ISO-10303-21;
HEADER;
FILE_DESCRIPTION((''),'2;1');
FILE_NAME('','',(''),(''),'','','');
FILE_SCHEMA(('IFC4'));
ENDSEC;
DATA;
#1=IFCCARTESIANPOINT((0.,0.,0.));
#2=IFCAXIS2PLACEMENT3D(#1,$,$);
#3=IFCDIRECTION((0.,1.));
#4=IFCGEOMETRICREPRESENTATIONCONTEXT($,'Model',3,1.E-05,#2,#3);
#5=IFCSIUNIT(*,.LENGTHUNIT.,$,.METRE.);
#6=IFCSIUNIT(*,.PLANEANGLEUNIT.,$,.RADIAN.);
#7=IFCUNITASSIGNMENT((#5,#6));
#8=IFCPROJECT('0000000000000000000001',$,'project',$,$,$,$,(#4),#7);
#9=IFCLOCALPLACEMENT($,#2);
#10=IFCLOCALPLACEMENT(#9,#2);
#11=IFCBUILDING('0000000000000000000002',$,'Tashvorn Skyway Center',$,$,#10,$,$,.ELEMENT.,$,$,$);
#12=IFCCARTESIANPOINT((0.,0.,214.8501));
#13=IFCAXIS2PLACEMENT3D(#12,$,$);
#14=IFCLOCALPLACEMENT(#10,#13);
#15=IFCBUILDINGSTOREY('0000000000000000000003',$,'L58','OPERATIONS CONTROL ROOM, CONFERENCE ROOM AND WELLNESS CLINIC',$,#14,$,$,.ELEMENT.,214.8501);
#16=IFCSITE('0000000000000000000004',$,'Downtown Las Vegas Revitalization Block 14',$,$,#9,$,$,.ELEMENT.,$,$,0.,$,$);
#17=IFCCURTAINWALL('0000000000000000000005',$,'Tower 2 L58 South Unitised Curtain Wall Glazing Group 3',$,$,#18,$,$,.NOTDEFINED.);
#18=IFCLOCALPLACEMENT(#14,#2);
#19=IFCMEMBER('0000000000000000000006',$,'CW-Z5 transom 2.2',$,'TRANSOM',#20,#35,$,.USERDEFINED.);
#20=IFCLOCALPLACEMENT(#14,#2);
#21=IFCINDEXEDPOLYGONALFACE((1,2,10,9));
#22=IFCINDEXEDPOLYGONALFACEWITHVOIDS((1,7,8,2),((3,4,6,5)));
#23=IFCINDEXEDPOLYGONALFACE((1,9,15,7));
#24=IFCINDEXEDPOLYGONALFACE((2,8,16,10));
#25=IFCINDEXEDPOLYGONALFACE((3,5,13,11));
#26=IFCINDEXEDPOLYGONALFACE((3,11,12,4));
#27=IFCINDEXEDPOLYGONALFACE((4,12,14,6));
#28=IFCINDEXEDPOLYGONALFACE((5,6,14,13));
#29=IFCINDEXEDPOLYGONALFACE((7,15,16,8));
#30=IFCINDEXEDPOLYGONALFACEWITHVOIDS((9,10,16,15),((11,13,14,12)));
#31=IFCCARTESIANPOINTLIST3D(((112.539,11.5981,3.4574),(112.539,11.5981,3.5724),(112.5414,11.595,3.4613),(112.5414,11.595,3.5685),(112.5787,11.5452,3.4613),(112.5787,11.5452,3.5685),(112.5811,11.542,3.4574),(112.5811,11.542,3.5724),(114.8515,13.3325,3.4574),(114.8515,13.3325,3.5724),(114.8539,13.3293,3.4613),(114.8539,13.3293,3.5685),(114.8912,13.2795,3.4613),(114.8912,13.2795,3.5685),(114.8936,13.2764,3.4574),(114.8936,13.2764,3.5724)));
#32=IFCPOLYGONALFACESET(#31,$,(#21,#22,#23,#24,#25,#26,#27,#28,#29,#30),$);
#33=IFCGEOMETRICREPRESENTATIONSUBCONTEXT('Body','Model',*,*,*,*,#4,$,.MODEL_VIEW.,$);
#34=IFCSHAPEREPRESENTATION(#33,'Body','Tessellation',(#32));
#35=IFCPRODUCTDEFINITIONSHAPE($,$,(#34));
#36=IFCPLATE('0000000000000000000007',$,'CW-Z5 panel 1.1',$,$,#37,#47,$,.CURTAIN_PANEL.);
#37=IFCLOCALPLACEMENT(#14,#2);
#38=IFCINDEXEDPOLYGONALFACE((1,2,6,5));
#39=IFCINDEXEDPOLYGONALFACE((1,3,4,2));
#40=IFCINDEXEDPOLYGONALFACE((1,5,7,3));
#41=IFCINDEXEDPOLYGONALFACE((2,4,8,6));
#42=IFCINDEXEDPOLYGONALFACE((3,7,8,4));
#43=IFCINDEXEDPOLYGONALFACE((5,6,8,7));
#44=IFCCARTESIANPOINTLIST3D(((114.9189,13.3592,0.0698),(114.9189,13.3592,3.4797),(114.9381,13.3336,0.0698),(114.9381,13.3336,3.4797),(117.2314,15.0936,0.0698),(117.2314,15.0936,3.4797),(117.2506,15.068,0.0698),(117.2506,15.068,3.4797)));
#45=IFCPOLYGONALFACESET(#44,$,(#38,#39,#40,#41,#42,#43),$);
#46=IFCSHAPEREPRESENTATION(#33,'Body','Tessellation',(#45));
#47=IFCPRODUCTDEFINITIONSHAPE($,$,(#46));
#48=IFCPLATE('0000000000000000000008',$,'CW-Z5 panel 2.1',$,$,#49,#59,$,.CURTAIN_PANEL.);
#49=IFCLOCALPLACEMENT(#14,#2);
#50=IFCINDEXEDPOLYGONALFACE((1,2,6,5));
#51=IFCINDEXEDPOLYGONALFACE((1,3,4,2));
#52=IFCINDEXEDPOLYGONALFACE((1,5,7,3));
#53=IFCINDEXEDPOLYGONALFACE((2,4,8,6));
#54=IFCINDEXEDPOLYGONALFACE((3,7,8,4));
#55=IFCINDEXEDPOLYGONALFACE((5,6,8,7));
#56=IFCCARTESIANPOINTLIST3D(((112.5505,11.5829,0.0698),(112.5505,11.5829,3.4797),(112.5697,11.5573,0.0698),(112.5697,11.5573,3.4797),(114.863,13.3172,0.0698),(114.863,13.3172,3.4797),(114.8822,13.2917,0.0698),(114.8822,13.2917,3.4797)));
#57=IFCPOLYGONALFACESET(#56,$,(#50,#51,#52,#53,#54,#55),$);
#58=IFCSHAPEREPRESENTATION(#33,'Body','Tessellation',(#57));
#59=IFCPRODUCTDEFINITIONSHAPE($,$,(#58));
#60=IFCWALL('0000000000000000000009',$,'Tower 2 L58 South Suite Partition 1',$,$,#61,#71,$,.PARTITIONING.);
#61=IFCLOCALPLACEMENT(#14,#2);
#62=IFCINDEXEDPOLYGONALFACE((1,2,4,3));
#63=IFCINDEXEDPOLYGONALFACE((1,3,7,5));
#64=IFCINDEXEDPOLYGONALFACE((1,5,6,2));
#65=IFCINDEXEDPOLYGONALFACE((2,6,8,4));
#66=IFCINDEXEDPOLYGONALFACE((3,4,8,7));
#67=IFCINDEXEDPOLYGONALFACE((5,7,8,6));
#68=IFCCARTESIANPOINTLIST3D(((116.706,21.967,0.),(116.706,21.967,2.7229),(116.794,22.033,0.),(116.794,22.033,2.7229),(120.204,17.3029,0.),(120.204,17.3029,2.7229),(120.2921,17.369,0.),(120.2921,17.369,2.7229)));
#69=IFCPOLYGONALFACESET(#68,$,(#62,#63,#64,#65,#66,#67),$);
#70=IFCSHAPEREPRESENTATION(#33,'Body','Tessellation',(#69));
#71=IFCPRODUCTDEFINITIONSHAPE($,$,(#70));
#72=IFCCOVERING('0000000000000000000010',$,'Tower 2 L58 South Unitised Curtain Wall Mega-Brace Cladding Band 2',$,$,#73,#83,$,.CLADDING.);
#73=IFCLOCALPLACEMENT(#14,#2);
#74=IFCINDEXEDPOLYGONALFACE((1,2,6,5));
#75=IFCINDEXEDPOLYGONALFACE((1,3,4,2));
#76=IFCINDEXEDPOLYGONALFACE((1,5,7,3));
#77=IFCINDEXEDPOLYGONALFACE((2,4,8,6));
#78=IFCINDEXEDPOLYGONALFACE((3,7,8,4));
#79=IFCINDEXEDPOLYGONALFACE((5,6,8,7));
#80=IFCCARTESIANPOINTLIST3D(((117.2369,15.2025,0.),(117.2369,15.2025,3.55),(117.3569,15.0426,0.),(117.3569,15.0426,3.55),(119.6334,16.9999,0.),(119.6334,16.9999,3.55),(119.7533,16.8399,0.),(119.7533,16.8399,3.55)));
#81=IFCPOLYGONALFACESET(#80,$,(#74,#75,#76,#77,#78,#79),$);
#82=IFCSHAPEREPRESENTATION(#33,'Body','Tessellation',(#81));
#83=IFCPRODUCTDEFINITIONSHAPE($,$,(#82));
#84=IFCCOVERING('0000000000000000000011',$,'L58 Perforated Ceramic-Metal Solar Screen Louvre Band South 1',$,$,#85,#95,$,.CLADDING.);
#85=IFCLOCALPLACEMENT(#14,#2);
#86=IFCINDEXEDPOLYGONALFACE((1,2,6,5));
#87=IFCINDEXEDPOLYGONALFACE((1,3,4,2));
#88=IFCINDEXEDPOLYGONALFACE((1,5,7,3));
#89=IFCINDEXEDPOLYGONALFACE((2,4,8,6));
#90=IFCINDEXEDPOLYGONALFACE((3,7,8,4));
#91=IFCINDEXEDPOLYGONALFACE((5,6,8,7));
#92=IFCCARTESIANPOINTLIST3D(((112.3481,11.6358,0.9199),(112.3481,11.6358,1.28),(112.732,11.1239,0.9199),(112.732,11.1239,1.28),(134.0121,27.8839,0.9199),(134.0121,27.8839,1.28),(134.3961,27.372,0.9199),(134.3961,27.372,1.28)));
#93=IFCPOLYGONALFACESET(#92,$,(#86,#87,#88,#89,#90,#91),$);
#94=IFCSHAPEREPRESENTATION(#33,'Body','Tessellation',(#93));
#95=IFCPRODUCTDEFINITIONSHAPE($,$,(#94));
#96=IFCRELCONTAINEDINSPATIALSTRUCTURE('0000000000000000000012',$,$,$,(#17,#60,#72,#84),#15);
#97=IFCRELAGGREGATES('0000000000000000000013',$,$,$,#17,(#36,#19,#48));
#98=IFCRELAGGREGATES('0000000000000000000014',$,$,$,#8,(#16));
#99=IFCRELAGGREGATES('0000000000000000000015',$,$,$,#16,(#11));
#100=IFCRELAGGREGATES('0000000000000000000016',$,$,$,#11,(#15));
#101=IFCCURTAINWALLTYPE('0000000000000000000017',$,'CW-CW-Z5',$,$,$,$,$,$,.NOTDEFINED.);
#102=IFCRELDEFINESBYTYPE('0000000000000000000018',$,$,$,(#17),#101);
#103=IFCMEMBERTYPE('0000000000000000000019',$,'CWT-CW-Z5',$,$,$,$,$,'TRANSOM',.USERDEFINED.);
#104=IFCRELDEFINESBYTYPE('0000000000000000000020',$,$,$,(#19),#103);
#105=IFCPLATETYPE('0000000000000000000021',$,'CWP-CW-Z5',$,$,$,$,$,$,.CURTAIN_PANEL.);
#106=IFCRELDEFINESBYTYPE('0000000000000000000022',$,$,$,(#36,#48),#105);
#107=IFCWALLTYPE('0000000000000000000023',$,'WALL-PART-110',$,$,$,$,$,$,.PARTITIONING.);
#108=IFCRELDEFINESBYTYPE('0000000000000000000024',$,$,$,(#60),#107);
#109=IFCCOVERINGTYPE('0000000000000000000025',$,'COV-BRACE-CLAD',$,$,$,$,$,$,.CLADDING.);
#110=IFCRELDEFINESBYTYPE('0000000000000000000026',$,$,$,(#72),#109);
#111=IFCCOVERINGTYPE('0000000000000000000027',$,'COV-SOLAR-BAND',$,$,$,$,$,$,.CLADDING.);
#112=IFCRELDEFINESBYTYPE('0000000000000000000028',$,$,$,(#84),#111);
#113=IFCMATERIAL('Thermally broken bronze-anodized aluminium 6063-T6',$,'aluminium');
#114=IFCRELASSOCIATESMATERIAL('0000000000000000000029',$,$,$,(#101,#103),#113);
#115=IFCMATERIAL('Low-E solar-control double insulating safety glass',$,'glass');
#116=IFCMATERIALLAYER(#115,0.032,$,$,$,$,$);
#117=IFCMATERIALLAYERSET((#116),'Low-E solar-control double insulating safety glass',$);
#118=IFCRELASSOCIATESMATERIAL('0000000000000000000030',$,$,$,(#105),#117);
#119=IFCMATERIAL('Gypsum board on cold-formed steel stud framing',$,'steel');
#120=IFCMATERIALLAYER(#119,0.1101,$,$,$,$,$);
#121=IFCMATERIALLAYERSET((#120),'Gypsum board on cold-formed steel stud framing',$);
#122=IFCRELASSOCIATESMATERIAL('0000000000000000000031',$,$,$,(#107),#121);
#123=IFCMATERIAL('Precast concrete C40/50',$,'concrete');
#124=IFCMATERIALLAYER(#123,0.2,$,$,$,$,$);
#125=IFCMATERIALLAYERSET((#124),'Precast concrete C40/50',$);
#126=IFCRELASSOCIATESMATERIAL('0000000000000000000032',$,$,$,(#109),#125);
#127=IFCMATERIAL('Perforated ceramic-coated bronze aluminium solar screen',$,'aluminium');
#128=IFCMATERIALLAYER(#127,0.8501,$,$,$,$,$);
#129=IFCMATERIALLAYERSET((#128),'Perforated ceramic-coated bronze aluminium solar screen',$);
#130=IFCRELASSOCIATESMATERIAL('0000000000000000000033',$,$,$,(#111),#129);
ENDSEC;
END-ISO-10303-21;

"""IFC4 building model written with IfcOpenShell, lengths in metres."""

from ifc_helpers import new_model, si_unit, direction, frame, frame_2d, origin, origin_2d, place, context, subcontext, project, spatial, rectangle, hollow_rectangle, extrude, material, layer, layer_set, material_profile, profile_set, type_object, element, aggregate, save


model = new_model("IFC4")

# Units and contexts
model_context = context("Model", 3, precision=1e-05, world=origin(), true_north=direction((0.0, 1.0)))
body_context = subcontext(model_context, "Body", "Model", "MODEL_VIEW")
ifc_project = project(units=[si_unit("LENGTHUNIT", "METRE"), si_unit("PLANEANGLEUNIT", "RADIAN")], contexts=[model_context])

# Site, building, storey
site_placement = place(None, origin())
site = spatial("IfcSite", under=ifc_project, at=site_placement, Name="Downtown Las Vegas Revitalization Block 14", CompositionType="ELEMENT", RefElevation=0.0)
building_placement = place(site_placement, origin())
building = spatial("IfcBuilding", under=site, at=building_placement, Name="Tashvorn Skyway Center", CompositionType="ELEMENT")
storey_placement = place(building_placement, frame((0.0, 0.0, 214.8501)))
storey = spatial("IfcBuildingStorey", under=building, at=storey_placement, Name="L58", Description="OPERATIONS CONTROL ROOM, CONFERENCE ROOM AND WELLNESS CLINIC", CompositionType="ELEMENT", Elevation=214.8501)

# Shared definitions
ifc_material_1 = material(Name="Thermally broken bronze-anodized aluminium 6063-T6", Category="aluminium")
curtain_wall_type = type_object("IfcCurtainWallType", Name="CW-CW-Z5", PredefinedType="NOTDEFINED", material=ifc_material_1)

# Curtain wall, member, plates
curtain_wall_1_placement = place(storey_placement, origin())
curtain_wall_1 = element("IfcCurtainWall", 1, at=curtain_wall_1_placement, inside=storey, type_object=curtain_wall_type, Name="Tower 2 L58 South Unitised Curtain Wall Glazing Group 3", PredefinedType="NOTDEFINED")
ifc_material_profile_1 = material_profile(ifc_material_1, hollow_rectangle(XDim=0.0701, YDim=0.115, WallThickness=0.0039, at=origin_2d()), Name="ALU-TRAN-70x115")
ifc_profile_set_1 = profile_set([ifc_material_profile_1], Name="Thermally broken bronze-anodized aluminium 6063-T6")
member_type_1 = type_object("IfcMemberType", Name="CWT-CW-Z5", ElementType="TRANSOM", PredefinedType="USERDEFINED", material=ifc_profile_set_1)
member_1_placement = place(storey_placement, frame((114.8726, 13.3044, 3.5149), z_axis=(-0.8, -0.6, 0.0), x_axis=(0.6, -0.8, 0.0)))
member_1 = element("IfcMember", 2, at=member_1_placement, type_object=member_type_1, Name="CW-Z5 transom 2.2", ObjectType="TRANSOM", PredefinedType="USERDEFINED", context=body_context, shape_type="SweptSolid", body=[
    extrude(hollow_rectangle(XDim=0.0701, YDim=0.115, WallThickness=0.0039, at=origin_2d()), origin(), (0.0, 0.0, 1.0), 2.8906),
])
ifc_material_2 = material(Name="Low-E solar-control double insulating safety glass", Category="glass")
ifc_layer_1 = layer(ifc_material_2, 0.032)
ifc_layer_set_1 = layer_set([ifc_layer_1], Name="Low-E solar-control double insulating safety glass")
plate_type = type_object("IfcPlateType", Name="CWP-CW-Z5", PredefinedType="CURTAIN_PANEL", material=ifc_layer_set_1)
plate_1_placement = place(storey_placement, frame((116.0847, 14.2136, 0.0698), z_axis=(0.0, 0.0, 1.0), x_axis=(-0.799998, -0.600003, 0.0)))
plate_1 = element("IfcPlate", 3, at=plate_1_placement, type_object=plate_type, Name="CW-Z5 panel 1.1", PredefinedType="CURTAIN_PANEL", context=body_context, shape_type="SweptSolid", body=[
    extrude(rectangle(XDim=2.8906, YDim=0.032, at=origin_2d()), origin(), (0.0, 0.0, 1.0), 3.4099),
])
plate_2_placement = place(storey_placement, frame((113.7163, 12.4373, 0.0698), z_axis=(0.0, 0.0, 1.0), x_axis=(-0.799998, -0.600003, 0.0)))
plate_2 = element("IfcPlate", 4, at=plate_2_placement, type_object=plate_type, Name="CW-Z5 panel 2.1", PredefinedType="CURTAIN_PANEL", context=body_context, shape_type="SweptSolid", body=[
    extrude(rectangle(XDim=2.8906, YDim=0.032, at=origin_2d()), origin(), (0.0, 0.0, 1.0), 3.4099),
])
aggregate(curtain_wall_1, [plate_1, member_1, plate_2])

# Wall
ifc_material_3 = material(Name="Gypsum board on cold-formed steel stud framing", Category="steel")
ifc_layer_2 = layer(ifc_material_3, 0.1101)
ifc_layer_set_2 = layer_set([ifc_layer_2], Name="Gypsum board on cold-formed steel stud framing")
wall_type = type_object("IfcWallType", Name="WALL-PART-110", PredefinedType="PARTITIONING", material=ifc_layer_set_2)
wall_placement = place(storey_placement, frame((120.248, 17.3359, 0.0), z_axis=(0.0, 0.0, 1.0), x_axis=(-0.6, 0.8, 0.0)))
element("IfcWall", 5, at=wall_placement, inside=storey, type_object=wall_type, Name="Tower 2 L58 South Suite Partition 1", PredefinedType="PARTITIONING", context=body_context, shape_type="SweptSolid", body=[
    extrude(rectangle(XDim=5.8301, YDim=0.1101, at=frame_2d((2.915, 0.0))), origin(), (0.0, 0.0, 1.0), 2.7229),
])

# Coverings
ifc_material_4 = material(Name="Precast concrete C40/50", Category="concrete")
ifc_layer_3 = layer(ifc_material_4, 0.2)
ifc_layer_set_3 = layer_set([ifc_layer_3], Name="Precast concrete C40/50")
covering_type_1 = type_object("IfcCoveringType", Name="COV-BRACE-CLAD", PredefinedType="CLADDING", material=ifc_layer_set_3)
covering_1_placement = place(storey_placement, frame((118.4951, 16.0212, 0.0), z_axis=(0.0, 0.0, 1.0), x_axis=(-0.8, -0.6, 0.0)))
element("IfcCovering", 6, at=covering_1_placement, inside=storey, type_object=covering_type_1, Name="Tower 2 L58 South Unitised Curtain Wall Mega-Brace Cladding Band 2", PredefinedType="CLADDING", context=body_context, shape_type="SweptSolid", body=[
    extrude(rectangle(XDim=2.9956, YDim=0.2, at=origin_2d()), origin(), (0.0, 0.0, 1.0), 3.55),
])
ifc_material_5 = material(Name="Perforated ceramic-coated bronze aluminium solar screen", Category="aluminium")
ifc_layer_4 = layer(ifc_material_5, 0.8501)
ifc_layer_set_4 = layer_set([ifc_layer_4], Name="Perforated ceramic-coated bronze aluminium solar screen")
covering_type_2 = type_object("IfcCoveringType", Name="COV-SOLAR-BAND", PredefinedType="CLADDING", material=ifc_layer_set_4)
covering_2_placement = place(storey_placement, frame((123.3721, 19.5039, 0.9199), z_axis=(0.0, 0.0, 1.0), x_axis=(-0.8, -0.6, 0.0)))
element("IfcCovering", 7, at=covering_2_placement, inside=storey, type_object=covering_type_2, Name="L58 Perforated Ceramic-Metal Solar Screen Louvre Band South 1", PredefinedType="CLADDING", context=body_context, shape_type="SweptSolid", body=[
    extrude(rectangle(XDim=27.0801, YDim=0.6399, at=origin_2d()), origin(), (0.0, 0.0, 1.0), 0.3601),
])

save(model, "model.ifc")
